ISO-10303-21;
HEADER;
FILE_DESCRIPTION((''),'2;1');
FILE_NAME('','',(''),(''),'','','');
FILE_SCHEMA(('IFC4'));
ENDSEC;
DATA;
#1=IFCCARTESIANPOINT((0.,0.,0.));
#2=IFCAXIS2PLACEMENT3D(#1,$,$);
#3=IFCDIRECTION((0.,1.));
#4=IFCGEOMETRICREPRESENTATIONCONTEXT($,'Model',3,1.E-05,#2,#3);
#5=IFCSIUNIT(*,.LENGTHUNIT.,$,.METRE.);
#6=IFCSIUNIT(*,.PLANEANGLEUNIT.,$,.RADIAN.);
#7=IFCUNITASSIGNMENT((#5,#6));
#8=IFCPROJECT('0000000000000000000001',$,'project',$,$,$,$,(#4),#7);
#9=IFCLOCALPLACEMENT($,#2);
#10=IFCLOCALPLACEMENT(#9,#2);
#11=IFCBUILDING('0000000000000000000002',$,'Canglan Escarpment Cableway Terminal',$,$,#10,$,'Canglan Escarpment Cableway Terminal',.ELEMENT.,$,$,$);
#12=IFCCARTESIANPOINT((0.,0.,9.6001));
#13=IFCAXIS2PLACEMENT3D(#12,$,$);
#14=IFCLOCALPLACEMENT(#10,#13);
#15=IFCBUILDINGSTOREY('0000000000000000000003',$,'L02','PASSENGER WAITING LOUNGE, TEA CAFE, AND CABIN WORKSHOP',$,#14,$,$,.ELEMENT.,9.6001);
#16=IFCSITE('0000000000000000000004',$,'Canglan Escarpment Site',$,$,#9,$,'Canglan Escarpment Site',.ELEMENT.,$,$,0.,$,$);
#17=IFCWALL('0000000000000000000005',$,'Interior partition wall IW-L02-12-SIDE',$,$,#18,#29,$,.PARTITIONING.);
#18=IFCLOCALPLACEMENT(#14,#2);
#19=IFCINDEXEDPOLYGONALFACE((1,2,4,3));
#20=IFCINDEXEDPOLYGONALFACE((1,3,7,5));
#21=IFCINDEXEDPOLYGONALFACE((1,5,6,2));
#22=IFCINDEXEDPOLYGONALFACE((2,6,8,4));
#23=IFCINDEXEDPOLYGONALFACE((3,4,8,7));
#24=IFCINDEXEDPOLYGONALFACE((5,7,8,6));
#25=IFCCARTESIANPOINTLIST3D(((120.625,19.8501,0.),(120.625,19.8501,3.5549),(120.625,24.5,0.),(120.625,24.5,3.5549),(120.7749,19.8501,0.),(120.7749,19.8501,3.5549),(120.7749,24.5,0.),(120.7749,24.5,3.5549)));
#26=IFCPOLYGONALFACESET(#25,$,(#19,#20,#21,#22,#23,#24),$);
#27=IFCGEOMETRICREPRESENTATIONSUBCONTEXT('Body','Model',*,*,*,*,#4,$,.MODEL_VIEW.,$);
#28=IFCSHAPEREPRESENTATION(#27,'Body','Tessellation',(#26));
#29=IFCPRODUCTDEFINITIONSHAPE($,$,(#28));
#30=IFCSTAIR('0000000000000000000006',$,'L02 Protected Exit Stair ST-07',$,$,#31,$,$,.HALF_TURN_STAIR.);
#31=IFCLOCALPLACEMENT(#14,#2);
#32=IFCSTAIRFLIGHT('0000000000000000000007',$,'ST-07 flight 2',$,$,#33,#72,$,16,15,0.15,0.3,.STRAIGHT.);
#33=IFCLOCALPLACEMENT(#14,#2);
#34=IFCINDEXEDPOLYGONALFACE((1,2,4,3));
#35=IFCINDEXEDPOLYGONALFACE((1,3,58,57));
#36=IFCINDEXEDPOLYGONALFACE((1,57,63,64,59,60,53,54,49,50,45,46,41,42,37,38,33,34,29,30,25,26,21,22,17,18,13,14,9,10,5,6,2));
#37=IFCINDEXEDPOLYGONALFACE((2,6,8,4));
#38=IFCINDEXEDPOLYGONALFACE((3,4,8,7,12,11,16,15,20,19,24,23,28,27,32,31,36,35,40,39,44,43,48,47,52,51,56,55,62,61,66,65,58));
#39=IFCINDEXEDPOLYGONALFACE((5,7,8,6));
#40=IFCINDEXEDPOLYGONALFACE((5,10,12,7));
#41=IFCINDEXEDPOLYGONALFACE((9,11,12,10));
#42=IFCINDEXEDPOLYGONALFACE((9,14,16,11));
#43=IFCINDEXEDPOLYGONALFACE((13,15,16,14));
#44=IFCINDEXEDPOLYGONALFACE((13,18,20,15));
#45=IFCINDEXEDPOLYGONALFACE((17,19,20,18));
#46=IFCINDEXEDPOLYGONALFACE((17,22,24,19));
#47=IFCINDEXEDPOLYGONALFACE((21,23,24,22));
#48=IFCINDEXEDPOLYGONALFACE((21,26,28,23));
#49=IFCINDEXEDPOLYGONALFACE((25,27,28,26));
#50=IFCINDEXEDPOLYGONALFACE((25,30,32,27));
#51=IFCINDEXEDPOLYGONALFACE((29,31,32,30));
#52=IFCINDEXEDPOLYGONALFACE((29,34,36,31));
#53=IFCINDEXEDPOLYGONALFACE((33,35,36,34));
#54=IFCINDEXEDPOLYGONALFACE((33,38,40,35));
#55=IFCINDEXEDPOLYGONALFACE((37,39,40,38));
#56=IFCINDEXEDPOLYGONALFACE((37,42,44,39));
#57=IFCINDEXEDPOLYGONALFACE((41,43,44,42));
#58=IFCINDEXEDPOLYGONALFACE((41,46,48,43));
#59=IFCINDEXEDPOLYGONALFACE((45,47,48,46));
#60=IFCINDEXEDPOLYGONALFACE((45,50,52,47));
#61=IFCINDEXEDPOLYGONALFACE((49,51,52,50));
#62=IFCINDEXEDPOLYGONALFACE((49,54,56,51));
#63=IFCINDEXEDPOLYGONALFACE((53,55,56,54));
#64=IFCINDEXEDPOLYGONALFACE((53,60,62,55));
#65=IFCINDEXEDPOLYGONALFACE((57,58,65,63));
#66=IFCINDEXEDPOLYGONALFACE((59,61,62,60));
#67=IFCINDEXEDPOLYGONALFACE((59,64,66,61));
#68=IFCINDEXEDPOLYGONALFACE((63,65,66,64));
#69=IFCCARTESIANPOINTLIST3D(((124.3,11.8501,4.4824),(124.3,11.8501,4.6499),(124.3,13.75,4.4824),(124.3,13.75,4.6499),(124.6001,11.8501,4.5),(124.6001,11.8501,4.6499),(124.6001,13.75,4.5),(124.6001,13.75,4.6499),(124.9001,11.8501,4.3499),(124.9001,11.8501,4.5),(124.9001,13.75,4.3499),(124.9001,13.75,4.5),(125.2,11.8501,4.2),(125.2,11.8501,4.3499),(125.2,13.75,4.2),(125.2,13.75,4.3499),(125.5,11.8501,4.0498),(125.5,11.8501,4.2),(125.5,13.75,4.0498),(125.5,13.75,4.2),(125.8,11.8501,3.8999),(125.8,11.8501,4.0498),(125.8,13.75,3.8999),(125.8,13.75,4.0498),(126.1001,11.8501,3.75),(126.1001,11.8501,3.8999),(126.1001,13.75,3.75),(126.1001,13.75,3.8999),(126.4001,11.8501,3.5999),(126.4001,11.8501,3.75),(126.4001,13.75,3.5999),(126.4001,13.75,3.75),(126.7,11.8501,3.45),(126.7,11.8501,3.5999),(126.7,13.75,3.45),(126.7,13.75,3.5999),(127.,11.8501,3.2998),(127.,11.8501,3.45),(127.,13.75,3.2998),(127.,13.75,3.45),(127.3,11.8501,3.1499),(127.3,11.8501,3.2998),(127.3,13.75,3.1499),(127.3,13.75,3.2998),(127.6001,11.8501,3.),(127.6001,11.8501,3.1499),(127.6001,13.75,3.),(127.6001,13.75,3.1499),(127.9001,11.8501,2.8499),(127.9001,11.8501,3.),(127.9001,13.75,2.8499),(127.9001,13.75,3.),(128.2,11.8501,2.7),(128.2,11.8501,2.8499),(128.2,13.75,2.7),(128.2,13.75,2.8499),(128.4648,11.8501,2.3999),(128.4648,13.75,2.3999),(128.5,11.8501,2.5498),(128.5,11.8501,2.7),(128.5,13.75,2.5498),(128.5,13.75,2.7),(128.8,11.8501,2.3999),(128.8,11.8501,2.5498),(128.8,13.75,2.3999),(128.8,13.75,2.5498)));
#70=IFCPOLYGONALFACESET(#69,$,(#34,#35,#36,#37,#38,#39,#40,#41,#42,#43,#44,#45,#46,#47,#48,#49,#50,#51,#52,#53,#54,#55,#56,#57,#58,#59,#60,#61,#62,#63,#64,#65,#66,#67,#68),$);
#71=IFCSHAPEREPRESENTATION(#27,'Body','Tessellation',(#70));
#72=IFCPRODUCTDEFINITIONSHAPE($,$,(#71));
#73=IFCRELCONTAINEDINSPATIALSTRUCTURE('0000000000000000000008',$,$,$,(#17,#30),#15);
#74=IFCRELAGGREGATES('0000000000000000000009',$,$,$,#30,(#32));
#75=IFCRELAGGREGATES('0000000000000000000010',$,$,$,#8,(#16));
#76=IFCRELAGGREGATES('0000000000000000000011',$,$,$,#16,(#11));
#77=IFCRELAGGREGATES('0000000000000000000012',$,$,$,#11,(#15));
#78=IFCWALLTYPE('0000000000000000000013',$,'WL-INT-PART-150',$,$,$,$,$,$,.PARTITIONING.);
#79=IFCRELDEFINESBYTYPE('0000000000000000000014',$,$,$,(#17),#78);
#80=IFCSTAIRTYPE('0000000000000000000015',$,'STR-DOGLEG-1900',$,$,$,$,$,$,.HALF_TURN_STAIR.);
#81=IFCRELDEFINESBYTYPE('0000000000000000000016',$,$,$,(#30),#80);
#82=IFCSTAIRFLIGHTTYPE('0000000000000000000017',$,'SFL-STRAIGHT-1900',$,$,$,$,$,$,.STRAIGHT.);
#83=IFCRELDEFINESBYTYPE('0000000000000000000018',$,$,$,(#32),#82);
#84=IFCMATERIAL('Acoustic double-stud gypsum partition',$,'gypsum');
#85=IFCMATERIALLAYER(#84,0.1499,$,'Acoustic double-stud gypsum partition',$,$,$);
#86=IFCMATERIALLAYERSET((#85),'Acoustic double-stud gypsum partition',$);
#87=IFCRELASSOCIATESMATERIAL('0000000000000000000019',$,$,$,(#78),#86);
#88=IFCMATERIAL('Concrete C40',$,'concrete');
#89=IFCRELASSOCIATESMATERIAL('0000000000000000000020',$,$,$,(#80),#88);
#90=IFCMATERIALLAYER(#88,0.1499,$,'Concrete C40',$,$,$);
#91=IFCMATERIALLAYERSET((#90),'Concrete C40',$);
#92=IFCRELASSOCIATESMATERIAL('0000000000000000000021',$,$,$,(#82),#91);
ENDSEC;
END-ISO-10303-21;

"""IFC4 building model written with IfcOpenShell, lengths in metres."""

from ifc_helpers import new_model, si_unit, direction, frame, frame_2d, origin, place, context, subcontext, project, spatial, polyline, rectangle, outline, extrude, material, layer, layer_set, type_object, element, aggregate, save


model = new_model("IFC4")

# Units and contexts
model_context = context("Model", 3, precision=1e-05, world=origin(), true_north=direction((0.0, 1.0)))
body_context = subcontext(model_context, "Body", "Model", "MODEL_VIEW")
ifc_project = project(units=[si_unit("LENGTHUNIT", "METRE"), si_unit("PLANEANGLEUNIT", "RADIAN")], contexts=[model_context])

# Site, building, storey
site_placement = place(None, origin())
site = spatial("IfcSite", under=ifc_project, at=site_placement, Name="Canglan Escarpment Site", LongName="Canglan Escarpment Site", CompositionType="ELEMENT", RefElevation=0.0)
building_placement = place(site_placement, origin())
building = spatial("IfcBuilding", under=site, at=building_placement, Name="Canglan Escarpment Cableway Terminal", LongName="Canglan Escarpment Cableway Terminal", CompositionType="ELEMENT")
storey_placement = place(building_placement, frame((0.0, 0.0, 9.6001)))
storey = spatial("IfcBuildingStorey", under=building, at=storey_placement, Name="L02", Description="PASSENGER WAITING LOUNGE, TEA CAFE, AND CABIN WORKSHOP", CompositionType="ELEMENT", Elevation=9.6001)

# Shared definitions
ifc_material_1 = material(Name="Concrete C40", Category="concrete")

# Wall
ifc_material_2 = material(Name="Acoustic double-stud gypsum partition", Category="gypsum")
ifc_layer_1 = layer(ifc_material_2, 0.1499, Name="Acoustic double-stud gypsum partition")
ifc_layer_set_1 = layer_set([ifc_layer_1], Name="Acoustic double-stud gypsum partition")
wall_type_1 = type_object("IfcWallType", Name="WL-INT-PART-150", PredefinedType="PARTITIONING", material=ifc_layer_set_1)
for number, where, z_axis, x_axis, name in (
    (1, (120.7, 19.8501, 0.0), (0.0, 0.0, 1.0), (0.0, 1.0, 0.0), "Interior partition wall IW-L02-12-SIDE"),
):
    element("IfcWall", number, at=place(storey_placement, frame(where, z_axis=z_axis, x_axis=x_axis)), inside=storey, type_object=wall_type_1, Name=name, PredefinedType="PARTITIONING", context=body_context, shape_type="SweptSolid", body=[
        extrude(rectangle(XDim=4.6499, YDim=0.1499, at=frame_2d((2.325, 0.0))), origin(), (0.0, 0.0, 1.0), 3.5549),
    ])

# Stair, stair flight
stair_type = type_object("IfcStairType", Name="STR-DOGLEG-1900", PredefinedType="HALF_TURN_STAIR", material=ifc_material_1)
stair_placement = place(storey_placement, origin())
stair = element("IfcStair", 2, at=stair_placement, inside=storey, type_object=stair_type, Name="L02 Protected Exit Stair ST-07", PredefinedType="HALF_TURN_STAIR")
ifc_layer_2 = layer(ifc_material_1, 0.1499, Name="Concrete C40")
ifc_layer_set_2 = layer_set([ifc_layer_2], Name="Concrete C40")
stair_flight_type = type_object("IfcStairFlightType", Name="SFL-STRAIGHT-1900", PredefinedType="STRAIGHT", material=ifc_layer_set_2)
stair_flight_placement = place(storey_placement, frame((128.8, 12.8, 2.3999), z_axis=(0.0, 0.0, 1.0), x_axis=(-1.0, 0.0, 0.0)))
stair_flight = element("IfcStairFlight", 3, at=stair_flight_placement, type_object=stair_flight_type, Name="ST-07 flight 2", NumberOfRisers=16, NumberOfTreads=15, PredefinedType="STRAIGHT", RiserHeight=0.15, TreadLength=0.3, context=body_context, shape_type="SweptSolid", body=[
    extrude(outline(polyline([(0.0, 0.0), (0.0, 0.1499), (0.3, 0.1499), (0.3, 0.3), (0.6001, 0.3), (0.6001, 0.45), (0.8999, 0.45), (0.8999, 0.6001), (1.2, 0.6001), (1.2, 0.75), (1.5, 0.75), (1.5, 0.8999), (1.8, 0.8999), (1.8, 1.05), (2.1001, 1.05), (2.1001, 1.2), (2.3999, 1.2), (2.3999, 1.3501), (2.7, 1.3501), (2.7, 1.5), (3.0, 1.5), (3.0, 1.6499), (3.3, 1.6499), (3.3, 1.8), (3.6001, 1.8), (3.6001, 1.95), (3.8999, 1.95), (3.8999, 2.1001), (4.2, 2.1001), (4.2, 2.25), (4.5, 2.25), (4.5, 2.3999), (4.5, 2.0825), (0.3352, 0.0), (0.0, 0.0)])), frame((0.0, 0.95, 0.0), z_axis=(0.0, -1.0, 0.0), x_axis=(1.0, 0.0, 0.0)), (0.0, 0.0, 1.0), 1.8999),
])
aggregate(stair, [stair_flight])

save(model, "model.ifc")
